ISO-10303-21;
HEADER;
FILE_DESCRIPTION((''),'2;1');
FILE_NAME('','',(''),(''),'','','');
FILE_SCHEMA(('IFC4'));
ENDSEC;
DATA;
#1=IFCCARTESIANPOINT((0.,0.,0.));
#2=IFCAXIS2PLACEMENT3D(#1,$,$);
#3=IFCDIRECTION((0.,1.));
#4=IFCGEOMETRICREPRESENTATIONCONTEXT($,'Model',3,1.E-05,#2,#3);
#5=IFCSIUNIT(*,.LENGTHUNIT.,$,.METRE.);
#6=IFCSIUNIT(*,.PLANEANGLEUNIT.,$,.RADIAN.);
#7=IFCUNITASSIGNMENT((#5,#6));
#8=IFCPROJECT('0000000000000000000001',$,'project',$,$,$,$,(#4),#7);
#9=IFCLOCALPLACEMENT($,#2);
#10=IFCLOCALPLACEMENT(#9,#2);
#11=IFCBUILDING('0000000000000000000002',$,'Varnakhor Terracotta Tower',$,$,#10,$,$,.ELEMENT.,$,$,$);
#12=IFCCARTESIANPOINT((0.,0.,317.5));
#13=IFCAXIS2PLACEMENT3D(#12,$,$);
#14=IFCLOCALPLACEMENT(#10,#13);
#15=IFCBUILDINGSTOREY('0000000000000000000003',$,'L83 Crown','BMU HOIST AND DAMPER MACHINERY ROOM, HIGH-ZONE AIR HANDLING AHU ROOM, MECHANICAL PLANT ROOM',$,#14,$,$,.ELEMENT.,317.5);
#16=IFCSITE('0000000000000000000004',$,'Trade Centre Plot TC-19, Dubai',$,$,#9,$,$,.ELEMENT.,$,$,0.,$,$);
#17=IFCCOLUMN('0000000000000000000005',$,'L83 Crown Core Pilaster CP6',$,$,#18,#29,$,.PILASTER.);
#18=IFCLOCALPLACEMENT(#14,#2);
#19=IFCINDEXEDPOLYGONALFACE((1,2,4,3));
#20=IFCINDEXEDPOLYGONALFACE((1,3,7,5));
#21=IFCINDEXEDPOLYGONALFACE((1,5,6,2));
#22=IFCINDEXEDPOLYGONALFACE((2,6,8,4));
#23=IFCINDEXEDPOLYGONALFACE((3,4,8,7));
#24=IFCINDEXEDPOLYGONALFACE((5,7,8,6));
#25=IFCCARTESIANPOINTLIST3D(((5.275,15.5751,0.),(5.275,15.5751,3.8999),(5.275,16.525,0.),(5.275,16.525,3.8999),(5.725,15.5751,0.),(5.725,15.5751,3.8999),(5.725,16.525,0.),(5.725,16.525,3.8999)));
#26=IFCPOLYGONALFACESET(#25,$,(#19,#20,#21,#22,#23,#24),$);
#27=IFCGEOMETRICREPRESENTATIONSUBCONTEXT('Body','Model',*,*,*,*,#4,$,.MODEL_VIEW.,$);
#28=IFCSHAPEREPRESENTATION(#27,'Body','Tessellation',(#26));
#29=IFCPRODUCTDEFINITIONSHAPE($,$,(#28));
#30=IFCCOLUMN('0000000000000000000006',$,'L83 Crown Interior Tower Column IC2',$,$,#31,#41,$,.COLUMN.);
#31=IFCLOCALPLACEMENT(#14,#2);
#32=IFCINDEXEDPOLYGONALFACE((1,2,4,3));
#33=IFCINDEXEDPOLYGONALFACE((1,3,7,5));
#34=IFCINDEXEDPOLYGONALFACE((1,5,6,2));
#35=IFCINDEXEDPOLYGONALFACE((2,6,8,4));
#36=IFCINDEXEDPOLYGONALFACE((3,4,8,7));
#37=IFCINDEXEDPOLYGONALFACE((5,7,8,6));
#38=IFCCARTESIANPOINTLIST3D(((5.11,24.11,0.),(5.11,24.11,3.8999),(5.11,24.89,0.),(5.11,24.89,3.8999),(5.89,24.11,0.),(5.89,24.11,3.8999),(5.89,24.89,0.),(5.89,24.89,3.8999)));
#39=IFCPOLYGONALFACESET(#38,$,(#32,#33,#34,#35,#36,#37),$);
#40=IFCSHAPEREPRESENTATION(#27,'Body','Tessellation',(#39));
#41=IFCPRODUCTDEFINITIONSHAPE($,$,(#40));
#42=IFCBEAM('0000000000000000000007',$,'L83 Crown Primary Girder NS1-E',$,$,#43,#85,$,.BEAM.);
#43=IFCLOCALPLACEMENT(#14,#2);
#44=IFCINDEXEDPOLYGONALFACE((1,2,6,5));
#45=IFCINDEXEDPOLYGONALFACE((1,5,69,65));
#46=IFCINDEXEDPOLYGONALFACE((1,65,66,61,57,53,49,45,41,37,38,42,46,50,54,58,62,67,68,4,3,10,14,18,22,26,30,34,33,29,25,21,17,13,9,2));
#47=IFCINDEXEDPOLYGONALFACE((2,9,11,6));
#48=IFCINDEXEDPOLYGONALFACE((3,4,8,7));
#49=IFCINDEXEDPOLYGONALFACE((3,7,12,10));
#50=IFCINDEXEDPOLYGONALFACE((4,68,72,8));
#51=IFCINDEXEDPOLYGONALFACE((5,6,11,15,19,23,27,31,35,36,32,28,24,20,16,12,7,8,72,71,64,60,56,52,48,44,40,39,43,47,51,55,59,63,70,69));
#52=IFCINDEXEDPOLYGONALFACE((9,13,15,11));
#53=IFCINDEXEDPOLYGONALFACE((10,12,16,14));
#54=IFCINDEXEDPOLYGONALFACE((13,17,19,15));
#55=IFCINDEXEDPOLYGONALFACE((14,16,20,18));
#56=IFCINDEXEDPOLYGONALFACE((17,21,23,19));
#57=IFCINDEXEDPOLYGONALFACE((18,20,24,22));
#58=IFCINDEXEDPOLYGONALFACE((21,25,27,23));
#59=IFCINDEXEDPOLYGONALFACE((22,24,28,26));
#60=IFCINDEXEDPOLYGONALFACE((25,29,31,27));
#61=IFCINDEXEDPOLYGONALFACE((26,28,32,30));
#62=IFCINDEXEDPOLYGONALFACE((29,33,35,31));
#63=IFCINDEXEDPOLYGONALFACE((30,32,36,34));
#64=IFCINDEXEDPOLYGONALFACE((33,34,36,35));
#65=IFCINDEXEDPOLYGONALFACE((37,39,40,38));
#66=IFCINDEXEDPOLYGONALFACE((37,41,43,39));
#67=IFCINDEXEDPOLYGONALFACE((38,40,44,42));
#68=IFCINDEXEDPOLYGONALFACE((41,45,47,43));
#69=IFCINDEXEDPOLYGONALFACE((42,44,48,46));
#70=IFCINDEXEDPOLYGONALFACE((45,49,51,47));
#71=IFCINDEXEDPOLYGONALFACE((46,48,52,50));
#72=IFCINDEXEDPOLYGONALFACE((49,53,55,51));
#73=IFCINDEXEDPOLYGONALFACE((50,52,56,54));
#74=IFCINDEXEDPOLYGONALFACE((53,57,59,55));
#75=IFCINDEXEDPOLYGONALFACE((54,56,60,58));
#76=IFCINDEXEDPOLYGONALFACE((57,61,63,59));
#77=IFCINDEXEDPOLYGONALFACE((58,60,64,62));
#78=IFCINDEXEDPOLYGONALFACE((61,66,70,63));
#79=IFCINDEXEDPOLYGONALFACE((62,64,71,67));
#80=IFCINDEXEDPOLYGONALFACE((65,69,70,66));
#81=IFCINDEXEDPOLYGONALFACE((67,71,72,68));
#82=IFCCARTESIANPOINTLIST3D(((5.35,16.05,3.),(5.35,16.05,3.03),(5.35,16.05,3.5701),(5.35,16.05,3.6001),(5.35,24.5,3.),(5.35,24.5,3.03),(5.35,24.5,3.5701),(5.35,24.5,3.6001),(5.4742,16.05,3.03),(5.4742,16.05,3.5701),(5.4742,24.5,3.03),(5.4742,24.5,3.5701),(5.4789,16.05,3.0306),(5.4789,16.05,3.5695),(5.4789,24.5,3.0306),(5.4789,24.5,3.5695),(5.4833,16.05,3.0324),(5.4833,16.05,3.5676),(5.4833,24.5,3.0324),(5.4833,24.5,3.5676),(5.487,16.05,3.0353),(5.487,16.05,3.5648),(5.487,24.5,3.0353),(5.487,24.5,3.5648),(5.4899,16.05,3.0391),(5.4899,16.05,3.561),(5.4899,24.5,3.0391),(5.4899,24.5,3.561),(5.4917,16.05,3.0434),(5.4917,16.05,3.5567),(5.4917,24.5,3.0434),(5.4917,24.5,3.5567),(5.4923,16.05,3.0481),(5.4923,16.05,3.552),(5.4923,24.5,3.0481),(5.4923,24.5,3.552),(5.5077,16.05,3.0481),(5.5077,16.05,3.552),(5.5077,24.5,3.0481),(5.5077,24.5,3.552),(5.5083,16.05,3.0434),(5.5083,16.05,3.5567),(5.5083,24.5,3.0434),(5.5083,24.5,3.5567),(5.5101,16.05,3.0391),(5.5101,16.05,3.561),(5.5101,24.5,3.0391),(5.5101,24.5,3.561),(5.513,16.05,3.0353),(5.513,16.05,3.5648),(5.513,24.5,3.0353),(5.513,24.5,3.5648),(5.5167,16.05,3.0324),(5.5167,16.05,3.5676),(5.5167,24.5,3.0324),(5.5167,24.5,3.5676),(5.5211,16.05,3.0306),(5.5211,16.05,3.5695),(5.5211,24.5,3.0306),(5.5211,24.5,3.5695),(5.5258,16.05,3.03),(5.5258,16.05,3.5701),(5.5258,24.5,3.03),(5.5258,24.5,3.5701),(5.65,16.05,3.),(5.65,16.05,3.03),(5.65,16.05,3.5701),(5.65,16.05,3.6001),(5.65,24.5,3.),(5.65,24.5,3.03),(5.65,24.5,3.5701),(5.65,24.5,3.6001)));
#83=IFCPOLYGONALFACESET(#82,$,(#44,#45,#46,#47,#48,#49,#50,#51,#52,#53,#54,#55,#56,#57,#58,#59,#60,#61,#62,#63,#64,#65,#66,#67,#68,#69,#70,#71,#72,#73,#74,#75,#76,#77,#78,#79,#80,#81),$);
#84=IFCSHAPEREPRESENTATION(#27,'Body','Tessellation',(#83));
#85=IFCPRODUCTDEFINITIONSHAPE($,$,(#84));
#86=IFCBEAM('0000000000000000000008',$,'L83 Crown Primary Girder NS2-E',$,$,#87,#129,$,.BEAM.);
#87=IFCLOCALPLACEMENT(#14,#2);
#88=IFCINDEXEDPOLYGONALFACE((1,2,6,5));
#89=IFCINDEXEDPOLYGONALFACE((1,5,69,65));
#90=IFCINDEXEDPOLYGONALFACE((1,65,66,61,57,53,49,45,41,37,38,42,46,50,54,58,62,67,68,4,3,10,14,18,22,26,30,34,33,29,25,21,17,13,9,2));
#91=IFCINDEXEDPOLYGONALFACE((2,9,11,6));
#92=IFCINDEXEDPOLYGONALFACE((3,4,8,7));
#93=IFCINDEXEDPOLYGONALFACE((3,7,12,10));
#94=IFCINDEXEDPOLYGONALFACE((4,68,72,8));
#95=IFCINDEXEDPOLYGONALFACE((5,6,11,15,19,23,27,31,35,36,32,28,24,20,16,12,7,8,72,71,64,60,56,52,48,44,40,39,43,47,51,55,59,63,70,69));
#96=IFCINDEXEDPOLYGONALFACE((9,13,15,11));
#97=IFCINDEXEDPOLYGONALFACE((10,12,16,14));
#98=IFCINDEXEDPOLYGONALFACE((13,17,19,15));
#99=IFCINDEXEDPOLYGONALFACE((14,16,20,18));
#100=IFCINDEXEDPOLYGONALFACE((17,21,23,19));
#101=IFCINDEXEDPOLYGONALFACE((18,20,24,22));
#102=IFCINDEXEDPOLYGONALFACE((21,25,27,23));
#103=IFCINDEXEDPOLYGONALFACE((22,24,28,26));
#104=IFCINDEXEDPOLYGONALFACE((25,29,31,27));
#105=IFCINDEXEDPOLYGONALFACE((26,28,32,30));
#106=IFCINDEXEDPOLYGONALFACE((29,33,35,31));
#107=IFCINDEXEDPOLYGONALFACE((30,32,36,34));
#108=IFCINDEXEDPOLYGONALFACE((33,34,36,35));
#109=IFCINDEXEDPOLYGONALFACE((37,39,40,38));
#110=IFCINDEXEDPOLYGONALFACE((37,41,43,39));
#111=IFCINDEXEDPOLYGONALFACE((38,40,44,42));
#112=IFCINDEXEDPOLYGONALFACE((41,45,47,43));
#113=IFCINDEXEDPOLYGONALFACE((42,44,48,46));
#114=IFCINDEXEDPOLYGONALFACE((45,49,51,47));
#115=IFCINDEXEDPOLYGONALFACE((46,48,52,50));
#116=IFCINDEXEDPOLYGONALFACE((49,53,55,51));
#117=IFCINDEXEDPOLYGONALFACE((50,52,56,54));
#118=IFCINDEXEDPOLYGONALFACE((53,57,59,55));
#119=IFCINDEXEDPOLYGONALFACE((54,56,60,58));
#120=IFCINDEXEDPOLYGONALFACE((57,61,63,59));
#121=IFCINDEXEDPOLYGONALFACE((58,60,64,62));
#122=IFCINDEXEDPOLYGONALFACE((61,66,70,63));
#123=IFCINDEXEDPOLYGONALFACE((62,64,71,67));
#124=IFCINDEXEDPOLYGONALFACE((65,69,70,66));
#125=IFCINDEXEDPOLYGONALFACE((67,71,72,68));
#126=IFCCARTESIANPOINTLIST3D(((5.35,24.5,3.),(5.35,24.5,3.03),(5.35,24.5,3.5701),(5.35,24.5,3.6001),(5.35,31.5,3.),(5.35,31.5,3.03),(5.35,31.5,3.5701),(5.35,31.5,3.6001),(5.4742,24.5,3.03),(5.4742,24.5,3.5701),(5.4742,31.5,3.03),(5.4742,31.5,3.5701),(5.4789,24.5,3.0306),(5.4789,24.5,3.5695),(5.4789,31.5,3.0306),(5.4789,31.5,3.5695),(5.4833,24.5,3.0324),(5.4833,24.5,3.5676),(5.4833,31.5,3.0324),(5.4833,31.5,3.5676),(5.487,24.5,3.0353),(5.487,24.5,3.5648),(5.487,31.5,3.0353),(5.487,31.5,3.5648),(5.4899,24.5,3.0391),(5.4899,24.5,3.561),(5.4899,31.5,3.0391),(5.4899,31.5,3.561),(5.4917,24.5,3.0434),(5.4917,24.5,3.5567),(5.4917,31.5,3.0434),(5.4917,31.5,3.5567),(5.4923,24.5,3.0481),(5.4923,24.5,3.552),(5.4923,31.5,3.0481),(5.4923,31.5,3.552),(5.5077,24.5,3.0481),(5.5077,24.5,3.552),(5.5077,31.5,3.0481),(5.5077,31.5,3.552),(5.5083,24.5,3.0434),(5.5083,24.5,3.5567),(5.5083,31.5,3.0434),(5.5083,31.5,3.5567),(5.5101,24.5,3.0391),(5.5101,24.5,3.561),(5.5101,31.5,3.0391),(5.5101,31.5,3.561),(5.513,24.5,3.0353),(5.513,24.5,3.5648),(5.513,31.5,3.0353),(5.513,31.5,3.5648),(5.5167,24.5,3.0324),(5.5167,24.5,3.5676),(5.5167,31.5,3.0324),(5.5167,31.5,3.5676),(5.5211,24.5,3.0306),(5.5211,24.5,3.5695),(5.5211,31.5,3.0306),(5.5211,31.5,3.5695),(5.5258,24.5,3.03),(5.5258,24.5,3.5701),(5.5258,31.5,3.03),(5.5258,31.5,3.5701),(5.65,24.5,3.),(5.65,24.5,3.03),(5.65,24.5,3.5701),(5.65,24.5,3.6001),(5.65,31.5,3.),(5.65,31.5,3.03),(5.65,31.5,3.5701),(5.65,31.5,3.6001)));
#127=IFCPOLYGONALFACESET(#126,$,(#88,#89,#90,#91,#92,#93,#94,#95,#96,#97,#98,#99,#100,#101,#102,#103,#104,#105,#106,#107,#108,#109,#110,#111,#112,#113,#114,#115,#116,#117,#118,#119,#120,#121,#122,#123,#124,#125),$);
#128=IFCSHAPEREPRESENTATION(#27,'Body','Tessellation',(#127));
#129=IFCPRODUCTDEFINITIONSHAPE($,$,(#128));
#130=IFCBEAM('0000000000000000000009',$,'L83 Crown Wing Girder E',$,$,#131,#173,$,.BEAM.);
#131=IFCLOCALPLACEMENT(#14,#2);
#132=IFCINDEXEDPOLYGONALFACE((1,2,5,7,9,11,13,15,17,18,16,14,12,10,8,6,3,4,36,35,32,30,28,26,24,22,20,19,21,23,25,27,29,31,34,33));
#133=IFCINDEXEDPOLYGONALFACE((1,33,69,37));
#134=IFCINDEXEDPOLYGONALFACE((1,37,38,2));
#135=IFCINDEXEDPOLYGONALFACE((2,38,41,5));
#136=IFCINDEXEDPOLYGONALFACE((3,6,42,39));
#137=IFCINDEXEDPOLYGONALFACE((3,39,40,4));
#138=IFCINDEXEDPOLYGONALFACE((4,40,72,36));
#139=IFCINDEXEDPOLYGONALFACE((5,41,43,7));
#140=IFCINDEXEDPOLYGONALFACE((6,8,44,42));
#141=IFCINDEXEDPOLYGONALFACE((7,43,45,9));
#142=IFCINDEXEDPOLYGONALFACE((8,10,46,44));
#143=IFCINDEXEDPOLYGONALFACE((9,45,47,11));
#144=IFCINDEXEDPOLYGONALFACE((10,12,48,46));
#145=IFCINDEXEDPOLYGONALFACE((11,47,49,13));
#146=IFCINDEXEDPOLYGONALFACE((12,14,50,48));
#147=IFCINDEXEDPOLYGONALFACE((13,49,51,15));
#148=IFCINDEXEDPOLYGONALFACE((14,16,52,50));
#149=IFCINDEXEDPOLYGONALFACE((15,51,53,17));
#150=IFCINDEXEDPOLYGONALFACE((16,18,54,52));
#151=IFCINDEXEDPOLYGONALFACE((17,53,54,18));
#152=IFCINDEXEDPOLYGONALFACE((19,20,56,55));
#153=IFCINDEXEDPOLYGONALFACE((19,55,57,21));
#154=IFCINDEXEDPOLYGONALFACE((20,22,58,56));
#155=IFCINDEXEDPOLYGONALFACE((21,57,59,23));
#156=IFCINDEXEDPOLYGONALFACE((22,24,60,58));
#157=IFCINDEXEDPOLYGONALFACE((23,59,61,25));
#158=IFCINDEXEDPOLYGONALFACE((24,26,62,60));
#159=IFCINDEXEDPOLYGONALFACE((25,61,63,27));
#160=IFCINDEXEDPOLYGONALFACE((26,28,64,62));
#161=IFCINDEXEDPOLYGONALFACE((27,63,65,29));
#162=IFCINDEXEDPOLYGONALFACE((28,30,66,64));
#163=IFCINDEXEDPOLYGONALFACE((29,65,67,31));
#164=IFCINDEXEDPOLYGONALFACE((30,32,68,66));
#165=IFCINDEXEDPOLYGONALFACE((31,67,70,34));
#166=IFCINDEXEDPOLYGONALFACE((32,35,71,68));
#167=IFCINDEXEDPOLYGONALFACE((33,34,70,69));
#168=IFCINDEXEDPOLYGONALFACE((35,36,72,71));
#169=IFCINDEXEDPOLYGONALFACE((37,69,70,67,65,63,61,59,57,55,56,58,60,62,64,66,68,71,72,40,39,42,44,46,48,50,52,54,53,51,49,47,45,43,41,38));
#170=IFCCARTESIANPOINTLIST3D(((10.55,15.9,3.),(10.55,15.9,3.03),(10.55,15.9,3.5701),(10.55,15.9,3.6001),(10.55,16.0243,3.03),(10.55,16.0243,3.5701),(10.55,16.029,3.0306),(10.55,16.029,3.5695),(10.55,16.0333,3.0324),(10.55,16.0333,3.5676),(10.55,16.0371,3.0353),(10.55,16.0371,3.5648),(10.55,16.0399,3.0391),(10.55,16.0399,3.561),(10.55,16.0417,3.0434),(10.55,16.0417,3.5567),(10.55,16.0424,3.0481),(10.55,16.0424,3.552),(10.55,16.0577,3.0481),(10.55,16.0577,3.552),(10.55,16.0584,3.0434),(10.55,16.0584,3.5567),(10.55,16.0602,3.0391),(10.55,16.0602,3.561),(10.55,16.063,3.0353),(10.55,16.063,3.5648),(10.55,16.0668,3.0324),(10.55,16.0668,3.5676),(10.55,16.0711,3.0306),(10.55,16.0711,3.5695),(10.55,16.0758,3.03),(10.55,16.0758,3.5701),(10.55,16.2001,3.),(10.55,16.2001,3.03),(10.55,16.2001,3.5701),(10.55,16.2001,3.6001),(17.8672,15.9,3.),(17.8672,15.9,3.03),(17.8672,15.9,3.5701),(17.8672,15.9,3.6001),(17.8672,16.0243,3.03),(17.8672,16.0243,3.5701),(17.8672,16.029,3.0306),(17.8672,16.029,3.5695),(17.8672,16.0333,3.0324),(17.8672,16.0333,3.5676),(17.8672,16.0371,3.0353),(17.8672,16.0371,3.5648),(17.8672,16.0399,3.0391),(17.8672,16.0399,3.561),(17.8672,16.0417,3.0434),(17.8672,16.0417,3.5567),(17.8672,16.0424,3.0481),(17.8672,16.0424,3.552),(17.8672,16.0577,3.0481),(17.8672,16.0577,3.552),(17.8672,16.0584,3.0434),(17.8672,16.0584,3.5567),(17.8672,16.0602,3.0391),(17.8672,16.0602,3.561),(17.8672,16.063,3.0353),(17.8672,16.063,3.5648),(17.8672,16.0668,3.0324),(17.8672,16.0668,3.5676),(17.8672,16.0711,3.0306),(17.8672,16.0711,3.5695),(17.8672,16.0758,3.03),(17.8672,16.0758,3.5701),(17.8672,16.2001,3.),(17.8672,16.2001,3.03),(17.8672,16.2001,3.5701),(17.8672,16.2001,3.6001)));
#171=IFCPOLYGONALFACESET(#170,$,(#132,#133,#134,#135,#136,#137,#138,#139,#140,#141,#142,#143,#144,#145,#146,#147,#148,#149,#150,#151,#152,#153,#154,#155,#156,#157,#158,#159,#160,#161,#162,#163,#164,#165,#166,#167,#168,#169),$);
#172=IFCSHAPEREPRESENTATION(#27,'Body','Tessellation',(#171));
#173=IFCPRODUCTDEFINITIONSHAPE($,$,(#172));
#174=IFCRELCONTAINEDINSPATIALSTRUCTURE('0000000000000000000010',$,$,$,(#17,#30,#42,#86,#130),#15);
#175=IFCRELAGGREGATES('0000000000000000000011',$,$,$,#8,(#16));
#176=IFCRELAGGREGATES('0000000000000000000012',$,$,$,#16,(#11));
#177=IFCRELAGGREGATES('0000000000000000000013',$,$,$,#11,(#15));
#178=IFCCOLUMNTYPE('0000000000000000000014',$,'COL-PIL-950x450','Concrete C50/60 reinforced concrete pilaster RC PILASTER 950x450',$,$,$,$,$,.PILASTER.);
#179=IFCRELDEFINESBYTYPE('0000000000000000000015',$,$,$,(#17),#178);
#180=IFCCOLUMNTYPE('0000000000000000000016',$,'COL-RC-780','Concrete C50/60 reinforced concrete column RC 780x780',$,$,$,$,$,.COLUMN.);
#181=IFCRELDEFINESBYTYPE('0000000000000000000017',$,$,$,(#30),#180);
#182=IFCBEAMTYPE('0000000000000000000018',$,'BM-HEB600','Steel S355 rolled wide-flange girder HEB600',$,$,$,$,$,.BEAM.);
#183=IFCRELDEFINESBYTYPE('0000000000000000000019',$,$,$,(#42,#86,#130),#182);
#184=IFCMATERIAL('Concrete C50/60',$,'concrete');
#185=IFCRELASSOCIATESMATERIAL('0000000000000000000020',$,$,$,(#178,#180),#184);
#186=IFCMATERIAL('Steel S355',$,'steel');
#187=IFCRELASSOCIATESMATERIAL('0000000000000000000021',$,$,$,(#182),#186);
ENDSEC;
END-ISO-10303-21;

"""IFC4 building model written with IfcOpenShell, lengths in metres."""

from ifc_helpers import new_model, si_unit, direction, frame, origin, origin_2d, place, context, subcontext, project, spatial, rectangle, i_section, extrude, source, transform, mapped, material, material_profile, profile_set, type_object, element, save


model = new_model("IFC4")

# Units and contexts
model_context = context("Model", 3, precision=1e-05, world=origin(), true_north=direction((0.0, 1.0)))
body_context = subcontext(model_context, "Body", "Model", "MODEL_VIEW")
ifc_project = project(units=[si_unit("LENGTHUNIT", "METRE"), si_unit("PLANEANGLEUNIT", "RADIAN")], contexts=[model_context])

# Site, building, storey
site_placement = place(None, origin())
site = spatial("IfcSite", under=ifc_project, at=site_placement, Name="Trade Centre Plot TC-19, Dubai", CompositionType="ELEMENT", RefElevation=0.0)
building_placement = place(site_placement, origin())
building = spatial("IfcBuilding", under=site, at=building_placement, Name="Varnakhor Terracotta Tower", CompositionType="ELEMENT")
storey_placement = place(building_placement, frame((0.0, 0.0, 317.5)))
storey = spatial("IfcBuildingStorey", under=building, at=storey_placement, Name="L83 Crown", Description="BMU HOIST AND DAMPER MACHINERY ROOM, HIGH-ZONE AIR HANDLING AHU ROOM, MECHANICAL PLANT ROOM", CompositionType="ELEMENT", Elevation=317.5)

# Columns
ifc_material_1 = material(Name="Concrete C50/60", Category="concrete")
ifc_material_profile_1 = material_profile(ifc_material_1, rectangle(XDim=0.45, YDim=0.95, at=origin_2d()), Name="RC PILASTER 950x450")
ifc_profile_set_1 = profile_set([ifc_material_profile_1], Name="Concrete C50/60")
column_type_1 = type_object("IfcColumnType", Name="COL-PIL-950x450", Description="Concrete C50/60 reinforced concrete pilaster RC PILASTER 950x450", PredefinedType="PILASTER", material=ifc_profile_set_1)
shared_shape_1 = source(origin(), body_context, "Body", "SweptSolid", [
    extrude(rectangle(XDim=0.45, YDim=0.95, at=origin_2d()), origin(), (0.0, 0.0, 1.0), 3.8999),
])
column_1_placement = place(storey_placement, frame((5.5, 16.05, 0.0), z_axis=(0.0, 0.0, 1.0), x_axis=(1.0, 0.0, 0.0)))
element("IfcColumn", 1, at=column_1_placement, inside=storey, type_object=column_type_1, Name="L83 Crown Core Pilaster CP6", PredefinedType="PILASTER", context=body_context, shape_type="MappedRepresentation", body=[
    mapped(shared_shape_1, transform((0.0, 0.0, 0.0), scale=1.0)),
])
ifc_material_profile_2 = material_profile(ifc_material_1, rectangle(XDim=0.78, YDim=0.78, at=origin_2d()), Name="RC 780x780")
ifc_profile_set_2 = profile_set([ifc_material_profile_2], Name="Concrete C50/60")
column_type_2 = type_object("IfcColumnType", Name="COL-RC-780", Description="Concrete C50/60 reinforced concrete column RC 780x780", PredefinedType="COLUMN", material=ifc_profile_set_2)
shared_shape_2 = source(origin(), body_context, "Body", "SweptSolid", [
    extrude(rectangle(XDim=0.78, YDim=0.78, at=origin_2d()), origin(), (0.0, 0.0, 1.0), 3.8999),
])
column_2_placement = place(storey_placement, frame((5.5, 24.5, 0.0), z_axis=(0.0, 0.0, 1.0), x_axis=(1.0, 0.0, 0.0)))
element("IfcColumn", 2, at=column_2_placement, inside=storey, type_object=column_type_2, Name="L83 Crown Interior Tower Column IC2", PredefinedType="COLUMN", context=body_context, shape_type="MappedRepresentation", body=[
    mapped(shared_shape_2, transform((0.0, 0.0, 0.0), scale=1.0)),
])

# Beams
ifc_material_2 = material(Name="Steel S355", Category="steel")
ifc_material_profile_3 = material_profile(ifc_material_2, i_section(OverallWidth=0.3, OverallDepth=0.6001, WebThickness=0.0154, FlangeThickness=0.03, FilletRadius=0.0181, at=origin_2d()), Name="HEB600")
ifc_profile_set_3 = profile_set([ifc_material_profile_3], Name="Steel S355")
beam_type_1 = type_object("IfcBeamType", Name="BM-HEB600", Description="Steel S355 rolled wide-flange girder HEB600", PredefinedType="BEAM", material=ifc_profile_set_3)
shared_shape_3 = source(origin(), body_context, "Body", "SweptSolid", [
    extrude(i_section(OverallWidth=0.3, OverallDepth=0.6001, WebThickness=0.0154, FlangeThickness=0.03, FilletRadius=0.0181, at=origin_2d()), origin(), (0.0, 0.0, 1.0), 8.45),
])
beam_1_placement = place(storey_placement, frame((5.5, 16.05, 3.3), z_axis=(0.0, 1.0, 0.0), x_axis=(-1.0, 0.0, 0.0)))
element("IfcBeam", 3, at=beam_1_placement, inside=storey, type_object=beam_type_1, Name="L83 Crown Primary Girder NS1-E", PredefinedType="BEAM", context=body_context, shape_type="MappedRepresentation", body=[
    mapped(shared_shape_3, transform((0.0, 0.0, 0.0), scale=1.0)),
])
shared_shape_4 = source(origin(), body_context, "Body", "SweptSolid", [
    extrude(i_section(OverallWidth=0.3, OverallDepth=0.6001, WebThickness=0.0154, FlangeThickness=0.03, FilletRadius=0.0181, at=origin_2d()), origin(), (0.0, 0.0, 1.0), 7.0),
])
beam_2_placement = place(storey_placement, frame((5.5, 24.5, 3.3), z_axis=(0.0, 1.0, 0.0), x_axis=(-1.0, 0.0, 0.0)))
element("IfcBeam", 4, at=beam_2_placement, inside=storey, type_object=beam_type_1, Name="L83 Crown Primary Girder NS2-E", PredefinedType="BEAM", context=body_context, shape_type="MappedRepresentation", body=[
    mapped(shared_shape_4, transform((0.0, 0.0, 0.0), scale=1.0)),
])
shared_shape_5 = source(origin(), body_context, "Body", "SweptSolid", [
    extrude(i_section(OverallWidth=0.3, OverallDepth=0.6001, WebThickness=0.0154, FlangeThickness=0.03, FilletRadius=0.0181, at=origin_2d()), origin(), (0.0, 0.0, 1.0), 7.3171),
])
beam_3_placement = place(storey_placement, frame((10.55, 16.05, 3.3), z_axis=(1.0, 0.0, 0.0), x_axis=(0.0, 1.0, 0.0)))
element("IfcBeam", 5, at=beam_3_placement, inside=storey, type_object=beam_type_1, Name="L83 Crown Wing Girder E", PredefinedType="BEAM", context=body_context, shape_type="MappedRepresentation", body=[
    mapped(shared_shape_5, transform((0.0, 0.0, 0.0), scale=1.0)),
])

save(model, "model.ifc")
